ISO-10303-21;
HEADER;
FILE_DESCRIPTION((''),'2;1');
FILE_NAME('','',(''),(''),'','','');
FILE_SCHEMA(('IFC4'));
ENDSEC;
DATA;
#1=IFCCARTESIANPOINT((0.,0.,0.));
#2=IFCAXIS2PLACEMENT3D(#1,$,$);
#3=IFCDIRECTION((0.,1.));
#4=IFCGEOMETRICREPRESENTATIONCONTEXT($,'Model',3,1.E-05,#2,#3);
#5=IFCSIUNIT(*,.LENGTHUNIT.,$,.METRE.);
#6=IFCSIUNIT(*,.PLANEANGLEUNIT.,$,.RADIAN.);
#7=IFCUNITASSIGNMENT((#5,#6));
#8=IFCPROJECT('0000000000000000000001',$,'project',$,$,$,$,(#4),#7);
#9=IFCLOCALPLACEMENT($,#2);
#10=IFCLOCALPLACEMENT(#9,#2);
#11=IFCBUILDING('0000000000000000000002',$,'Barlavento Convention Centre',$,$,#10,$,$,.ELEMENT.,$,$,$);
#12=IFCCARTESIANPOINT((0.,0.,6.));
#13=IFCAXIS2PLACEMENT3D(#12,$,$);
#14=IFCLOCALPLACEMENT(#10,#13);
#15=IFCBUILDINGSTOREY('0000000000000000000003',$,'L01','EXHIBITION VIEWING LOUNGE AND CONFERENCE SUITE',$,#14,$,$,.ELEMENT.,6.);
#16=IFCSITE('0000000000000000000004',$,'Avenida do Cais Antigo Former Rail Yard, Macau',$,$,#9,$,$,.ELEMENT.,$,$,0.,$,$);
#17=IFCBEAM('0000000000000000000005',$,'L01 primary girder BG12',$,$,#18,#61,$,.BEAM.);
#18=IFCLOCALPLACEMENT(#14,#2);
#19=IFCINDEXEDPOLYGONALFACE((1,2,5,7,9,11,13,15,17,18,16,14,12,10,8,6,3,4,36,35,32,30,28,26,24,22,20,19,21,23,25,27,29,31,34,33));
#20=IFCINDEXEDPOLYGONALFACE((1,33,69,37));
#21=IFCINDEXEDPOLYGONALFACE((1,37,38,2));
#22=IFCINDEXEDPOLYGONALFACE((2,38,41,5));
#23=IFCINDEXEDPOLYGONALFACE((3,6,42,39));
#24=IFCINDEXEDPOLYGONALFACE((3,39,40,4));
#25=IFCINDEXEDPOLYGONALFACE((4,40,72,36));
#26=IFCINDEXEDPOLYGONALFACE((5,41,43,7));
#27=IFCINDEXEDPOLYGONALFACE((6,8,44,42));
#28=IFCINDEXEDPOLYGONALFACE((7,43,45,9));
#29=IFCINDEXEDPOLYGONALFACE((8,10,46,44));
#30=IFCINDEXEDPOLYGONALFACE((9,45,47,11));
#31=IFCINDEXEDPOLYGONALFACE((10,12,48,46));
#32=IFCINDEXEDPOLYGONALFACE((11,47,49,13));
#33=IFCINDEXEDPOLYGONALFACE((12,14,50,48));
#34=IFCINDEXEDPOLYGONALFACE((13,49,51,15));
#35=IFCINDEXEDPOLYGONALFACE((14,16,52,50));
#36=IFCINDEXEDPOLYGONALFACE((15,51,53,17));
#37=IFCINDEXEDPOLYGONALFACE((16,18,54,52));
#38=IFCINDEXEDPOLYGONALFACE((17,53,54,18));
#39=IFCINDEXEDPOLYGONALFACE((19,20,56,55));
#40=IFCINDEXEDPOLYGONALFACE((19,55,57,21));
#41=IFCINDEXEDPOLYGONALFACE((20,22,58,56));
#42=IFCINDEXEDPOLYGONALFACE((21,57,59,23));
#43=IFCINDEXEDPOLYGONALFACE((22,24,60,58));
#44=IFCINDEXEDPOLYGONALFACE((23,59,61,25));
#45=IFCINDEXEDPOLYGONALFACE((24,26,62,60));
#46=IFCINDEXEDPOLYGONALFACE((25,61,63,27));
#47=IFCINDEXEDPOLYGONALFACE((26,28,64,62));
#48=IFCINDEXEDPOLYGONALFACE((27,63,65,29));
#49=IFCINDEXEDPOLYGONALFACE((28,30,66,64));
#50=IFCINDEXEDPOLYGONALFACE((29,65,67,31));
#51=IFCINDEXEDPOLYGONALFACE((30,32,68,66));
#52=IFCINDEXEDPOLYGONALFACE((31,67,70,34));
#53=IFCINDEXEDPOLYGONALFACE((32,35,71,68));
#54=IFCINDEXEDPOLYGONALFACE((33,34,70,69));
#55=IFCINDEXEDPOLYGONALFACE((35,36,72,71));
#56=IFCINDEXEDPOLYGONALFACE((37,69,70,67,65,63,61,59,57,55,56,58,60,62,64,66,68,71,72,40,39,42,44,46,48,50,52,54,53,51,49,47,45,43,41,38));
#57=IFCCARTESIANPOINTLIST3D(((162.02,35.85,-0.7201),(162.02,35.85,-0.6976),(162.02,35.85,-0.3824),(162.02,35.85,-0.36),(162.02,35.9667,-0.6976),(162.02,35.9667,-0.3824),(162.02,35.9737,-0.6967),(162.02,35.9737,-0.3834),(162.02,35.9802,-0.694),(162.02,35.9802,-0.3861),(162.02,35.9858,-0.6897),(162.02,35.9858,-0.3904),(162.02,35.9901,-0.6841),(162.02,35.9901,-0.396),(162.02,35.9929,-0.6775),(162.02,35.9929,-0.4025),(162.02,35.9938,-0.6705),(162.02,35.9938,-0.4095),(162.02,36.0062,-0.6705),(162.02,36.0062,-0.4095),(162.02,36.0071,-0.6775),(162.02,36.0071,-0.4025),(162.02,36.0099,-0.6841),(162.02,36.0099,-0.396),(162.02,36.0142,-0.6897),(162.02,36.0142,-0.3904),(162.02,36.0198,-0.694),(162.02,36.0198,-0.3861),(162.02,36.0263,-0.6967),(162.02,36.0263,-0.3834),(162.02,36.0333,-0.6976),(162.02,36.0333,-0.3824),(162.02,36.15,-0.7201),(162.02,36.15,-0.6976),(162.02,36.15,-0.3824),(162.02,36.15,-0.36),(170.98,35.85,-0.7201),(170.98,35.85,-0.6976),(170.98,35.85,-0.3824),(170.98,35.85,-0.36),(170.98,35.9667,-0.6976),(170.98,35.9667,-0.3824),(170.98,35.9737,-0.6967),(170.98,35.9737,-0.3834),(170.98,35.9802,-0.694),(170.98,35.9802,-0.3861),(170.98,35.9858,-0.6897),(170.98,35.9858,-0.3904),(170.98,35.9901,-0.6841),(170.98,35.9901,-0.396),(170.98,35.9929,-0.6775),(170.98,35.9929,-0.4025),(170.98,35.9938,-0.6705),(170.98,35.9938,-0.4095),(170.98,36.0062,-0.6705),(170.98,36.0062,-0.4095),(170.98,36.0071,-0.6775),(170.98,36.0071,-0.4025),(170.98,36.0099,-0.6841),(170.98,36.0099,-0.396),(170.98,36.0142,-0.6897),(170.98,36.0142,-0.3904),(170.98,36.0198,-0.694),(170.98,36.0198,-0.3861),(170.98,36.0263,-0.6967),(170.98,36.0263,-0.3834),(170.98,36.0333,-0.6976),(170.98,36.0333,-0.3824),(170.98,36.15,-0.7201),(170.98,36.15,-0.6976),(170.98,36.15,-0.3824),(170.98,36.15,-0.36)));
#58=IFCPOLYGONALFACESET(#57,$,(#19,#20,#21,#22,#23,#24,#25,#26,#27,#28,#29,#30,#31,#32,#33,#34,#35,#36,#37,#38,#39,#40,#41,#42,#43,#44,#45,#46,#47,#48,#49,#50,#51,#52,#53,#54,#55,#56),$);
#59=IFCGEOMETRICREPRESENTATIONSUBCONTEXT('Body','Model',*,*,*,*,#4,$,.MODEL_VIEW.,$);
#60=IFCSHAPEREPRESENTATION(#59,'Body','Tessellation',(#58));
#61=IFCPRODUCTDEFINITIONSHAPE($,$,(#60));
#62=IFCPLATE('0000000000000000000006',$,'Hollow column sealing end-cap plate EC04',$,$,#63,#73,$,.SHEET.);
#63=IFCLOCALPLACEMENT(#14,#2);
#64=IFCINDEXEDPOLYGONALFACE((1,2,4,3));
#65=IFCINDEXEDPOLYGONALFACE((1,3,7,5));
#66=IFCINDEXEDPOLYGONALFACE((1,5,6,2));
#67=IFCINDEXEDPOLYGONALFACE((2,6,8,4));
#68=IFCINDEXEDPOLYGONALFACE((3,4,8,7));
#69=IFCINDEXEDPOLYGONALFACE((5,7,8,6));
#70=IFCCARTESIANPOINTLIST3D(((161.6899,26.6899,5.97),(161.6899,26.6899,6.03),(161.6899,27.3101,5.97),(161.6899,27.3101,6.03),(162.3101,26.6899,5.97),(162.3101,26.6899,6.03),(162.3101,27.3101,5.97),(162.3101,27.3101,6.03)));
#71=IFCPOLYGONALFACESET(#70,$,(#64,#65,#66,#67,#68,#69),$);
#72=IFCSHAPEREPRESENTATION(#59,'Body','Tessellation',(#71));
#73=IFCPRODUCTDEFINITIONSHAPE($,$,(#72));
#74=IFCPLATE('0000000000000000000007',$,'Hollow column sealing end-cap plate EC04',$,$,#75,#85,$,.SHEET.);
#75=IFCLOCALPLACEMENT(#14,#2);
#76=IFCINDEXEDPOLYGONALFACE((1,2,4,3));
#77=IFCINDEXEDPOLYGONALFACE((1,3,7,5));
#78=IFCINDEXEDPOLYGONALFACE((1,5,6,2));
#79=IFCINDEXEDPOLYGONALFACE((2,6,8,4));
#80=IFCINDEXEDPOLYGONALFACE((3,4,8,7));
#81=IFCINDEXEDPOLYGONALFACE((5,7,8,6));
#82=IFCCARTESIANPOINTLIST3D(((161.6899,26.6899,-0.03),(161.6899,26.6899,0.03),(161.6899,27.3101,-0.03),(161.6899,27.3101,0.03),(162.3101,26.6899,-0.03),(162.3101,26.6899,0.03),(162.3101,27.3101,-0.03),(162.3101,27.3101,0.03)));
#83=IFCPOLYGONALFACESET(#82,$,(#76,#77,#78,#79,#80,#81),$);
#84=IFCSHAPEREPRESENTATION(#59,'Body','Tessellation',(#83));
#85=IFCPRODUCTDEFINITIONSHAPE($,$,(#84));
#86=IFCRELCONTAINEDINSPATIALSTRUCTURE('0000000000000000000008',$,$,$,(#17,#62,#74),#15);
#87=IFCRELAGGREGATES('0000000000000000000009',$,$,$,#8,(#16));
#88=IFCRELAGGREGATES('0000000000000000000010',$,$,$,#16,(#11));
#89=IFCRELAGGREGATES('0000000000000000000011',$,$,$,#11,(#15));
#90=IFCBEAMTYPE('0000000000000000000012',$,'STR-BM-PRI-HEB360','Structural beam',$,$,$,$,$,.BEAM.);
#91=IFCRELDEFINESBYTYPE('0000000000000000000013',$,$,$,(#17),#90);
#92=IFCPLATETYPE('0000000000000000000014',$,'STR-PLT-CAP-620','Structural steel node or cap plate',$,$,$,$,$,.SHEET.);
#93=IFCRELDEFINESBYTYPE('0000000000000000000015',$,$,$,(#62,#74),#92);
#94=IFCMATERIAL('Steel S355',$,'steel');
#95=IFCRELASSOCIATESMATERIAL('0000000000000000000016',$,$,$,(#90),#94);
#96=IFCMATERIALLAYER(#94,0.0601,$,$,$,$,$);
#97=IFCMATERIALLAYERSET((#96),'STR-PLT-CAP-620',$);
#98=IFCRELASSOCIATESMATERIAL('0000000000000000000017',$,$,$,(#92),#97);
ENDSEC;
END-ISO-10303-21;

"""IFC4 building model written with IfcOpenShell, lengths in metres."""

from ifc_helpers import new_model, si_unit, direction, frame, origin, origin_2d, place, context, subcontext, project, spatial, rectangle, i_section, extrude, material, layer, layer_set, material_profile, profile_set, type_object, element, save


model = new_model("IFC4")

# Units and contexts
model_context = context("Model", 3, precision=1e-05, world=origin(), true_north=direction((0.0, 1.0)))
body_context = subcontext(model_context, "Body", "Model", "MODEL_VIEW")
ifc_project = project(units=[si_unit("LENGTHUNIT", "METRE"), si_unit("PLANEANGLEUNIT", "RADIAN")], contexts=[model_context])

# Site, building, storey
site_placement = place(None, origin())
site = spatial("IfcSite", under=ifc_project, at=site_placement, Name="Avenida do Cais Antigo Former Rail Yard, Macau", CompositionType="ELEMENT", RefElevation=0.0)
building_placement = place(site_placement, origin())
building = spatial("IfcBuilding", under=site, at=building_placement, Name="Barlavento Convention Centre", CompositionType="ELEMENT")
storey_placement = place(building_placement, frame((0.0, 0.0, 6.0)))
storey = spatial("IfcBuildingStorey", under=building, at=storey_placement, Name="L01", Description="EXHIBITION VIEWING LOUNGE AND CONFERENCE SUITE", CompositionType="ELEMENT", Elevation=6.0)

# Shared definitions
ifc_material_1 = material(Name="Steel S355", Category="steel")

# Beam
ifc_material_profile_1 = material_profile(ifc_material_1, i_section(OverallWidth=0.3, OverallDepth=0.3601, WebThickness=0.0125, FlangeThickness=0.0225, FilletRadius=0.0271, at=origin_2d()), Name="HEB 360")
ifc_profile_set_1 = profile_set([ifc_material_profile_1], Name="Steel S355")
beam_type_1 = type_object("IfcBeamType", Name="STR-BM-PRI-HEB360", Description="Structural beam", PredefinedType="BEAM", material=ifc_profile_set_1)
beam_1_placement = place(storey_placement, frame((162.02, 36.0, -0.54), z_axis=(1.0, 0.0, 0.0), x_axis=(0.0, 1.0, 0.0)))
element("IfcBeam", 1, at=beam_1_placement, inside=storey, type_object=beam_type_1, Name="L01 primary girder BG12", PredefinedType="BEAM", context=body_context, shape_type="SweptSolid", body=[
    extrude(i_section(OverallWidth=0.3, OverallDepth=0.3601, WebThickness=0.0125, FlangeThickness=0.0225, FilletRadius=0.0271, at=origin_2d()), origin(), (0.0, 0.0, 1.0), 8.96),
])

# Plates
ifc_layer = layer(ifc_material_1, 0.0601)
ifc_layer_set = layer_set([ifc_layer], Name="STR-PLT-CAP-620")
plate_type = type_object("IfcPlateType", Name="STR-PLT-CAP-620", Description="Structural steel node or cap plate", PredefinedType="SHEET", material=ifc_layer_set)
for number, where, z_axis, x_axis, name in (
    (2, (162.0, 27.0, 5.97), (0.0, 0.0, 1.0), (1.0, 0.0, 0.0), "Hollow column sealing end-cap plate EC04"),
    (3, (162.0, 27.0, -0.03), (0.0, 0.0, 1.0), (1.0, 0.0, 0.0), "Hollow column sealing end-cap plate EC04"),
):
    element("IfcPlate", number, at=place(storey_placement, frame(where, z_axis=z_axis, x_axis=x_axis)), inside=storey, type_object=plate_type, Name=name, PredefinedType="SHEET", context=body_context, shape_type="SweptSolid", body=[
        extrude(rectangle(XDim=0.6201, YDim=0.6201, at=origin_2d()), origin(), (0.0, 0.0, 1.0), 0.0601),
    ])

save(model, "model.ifc")
